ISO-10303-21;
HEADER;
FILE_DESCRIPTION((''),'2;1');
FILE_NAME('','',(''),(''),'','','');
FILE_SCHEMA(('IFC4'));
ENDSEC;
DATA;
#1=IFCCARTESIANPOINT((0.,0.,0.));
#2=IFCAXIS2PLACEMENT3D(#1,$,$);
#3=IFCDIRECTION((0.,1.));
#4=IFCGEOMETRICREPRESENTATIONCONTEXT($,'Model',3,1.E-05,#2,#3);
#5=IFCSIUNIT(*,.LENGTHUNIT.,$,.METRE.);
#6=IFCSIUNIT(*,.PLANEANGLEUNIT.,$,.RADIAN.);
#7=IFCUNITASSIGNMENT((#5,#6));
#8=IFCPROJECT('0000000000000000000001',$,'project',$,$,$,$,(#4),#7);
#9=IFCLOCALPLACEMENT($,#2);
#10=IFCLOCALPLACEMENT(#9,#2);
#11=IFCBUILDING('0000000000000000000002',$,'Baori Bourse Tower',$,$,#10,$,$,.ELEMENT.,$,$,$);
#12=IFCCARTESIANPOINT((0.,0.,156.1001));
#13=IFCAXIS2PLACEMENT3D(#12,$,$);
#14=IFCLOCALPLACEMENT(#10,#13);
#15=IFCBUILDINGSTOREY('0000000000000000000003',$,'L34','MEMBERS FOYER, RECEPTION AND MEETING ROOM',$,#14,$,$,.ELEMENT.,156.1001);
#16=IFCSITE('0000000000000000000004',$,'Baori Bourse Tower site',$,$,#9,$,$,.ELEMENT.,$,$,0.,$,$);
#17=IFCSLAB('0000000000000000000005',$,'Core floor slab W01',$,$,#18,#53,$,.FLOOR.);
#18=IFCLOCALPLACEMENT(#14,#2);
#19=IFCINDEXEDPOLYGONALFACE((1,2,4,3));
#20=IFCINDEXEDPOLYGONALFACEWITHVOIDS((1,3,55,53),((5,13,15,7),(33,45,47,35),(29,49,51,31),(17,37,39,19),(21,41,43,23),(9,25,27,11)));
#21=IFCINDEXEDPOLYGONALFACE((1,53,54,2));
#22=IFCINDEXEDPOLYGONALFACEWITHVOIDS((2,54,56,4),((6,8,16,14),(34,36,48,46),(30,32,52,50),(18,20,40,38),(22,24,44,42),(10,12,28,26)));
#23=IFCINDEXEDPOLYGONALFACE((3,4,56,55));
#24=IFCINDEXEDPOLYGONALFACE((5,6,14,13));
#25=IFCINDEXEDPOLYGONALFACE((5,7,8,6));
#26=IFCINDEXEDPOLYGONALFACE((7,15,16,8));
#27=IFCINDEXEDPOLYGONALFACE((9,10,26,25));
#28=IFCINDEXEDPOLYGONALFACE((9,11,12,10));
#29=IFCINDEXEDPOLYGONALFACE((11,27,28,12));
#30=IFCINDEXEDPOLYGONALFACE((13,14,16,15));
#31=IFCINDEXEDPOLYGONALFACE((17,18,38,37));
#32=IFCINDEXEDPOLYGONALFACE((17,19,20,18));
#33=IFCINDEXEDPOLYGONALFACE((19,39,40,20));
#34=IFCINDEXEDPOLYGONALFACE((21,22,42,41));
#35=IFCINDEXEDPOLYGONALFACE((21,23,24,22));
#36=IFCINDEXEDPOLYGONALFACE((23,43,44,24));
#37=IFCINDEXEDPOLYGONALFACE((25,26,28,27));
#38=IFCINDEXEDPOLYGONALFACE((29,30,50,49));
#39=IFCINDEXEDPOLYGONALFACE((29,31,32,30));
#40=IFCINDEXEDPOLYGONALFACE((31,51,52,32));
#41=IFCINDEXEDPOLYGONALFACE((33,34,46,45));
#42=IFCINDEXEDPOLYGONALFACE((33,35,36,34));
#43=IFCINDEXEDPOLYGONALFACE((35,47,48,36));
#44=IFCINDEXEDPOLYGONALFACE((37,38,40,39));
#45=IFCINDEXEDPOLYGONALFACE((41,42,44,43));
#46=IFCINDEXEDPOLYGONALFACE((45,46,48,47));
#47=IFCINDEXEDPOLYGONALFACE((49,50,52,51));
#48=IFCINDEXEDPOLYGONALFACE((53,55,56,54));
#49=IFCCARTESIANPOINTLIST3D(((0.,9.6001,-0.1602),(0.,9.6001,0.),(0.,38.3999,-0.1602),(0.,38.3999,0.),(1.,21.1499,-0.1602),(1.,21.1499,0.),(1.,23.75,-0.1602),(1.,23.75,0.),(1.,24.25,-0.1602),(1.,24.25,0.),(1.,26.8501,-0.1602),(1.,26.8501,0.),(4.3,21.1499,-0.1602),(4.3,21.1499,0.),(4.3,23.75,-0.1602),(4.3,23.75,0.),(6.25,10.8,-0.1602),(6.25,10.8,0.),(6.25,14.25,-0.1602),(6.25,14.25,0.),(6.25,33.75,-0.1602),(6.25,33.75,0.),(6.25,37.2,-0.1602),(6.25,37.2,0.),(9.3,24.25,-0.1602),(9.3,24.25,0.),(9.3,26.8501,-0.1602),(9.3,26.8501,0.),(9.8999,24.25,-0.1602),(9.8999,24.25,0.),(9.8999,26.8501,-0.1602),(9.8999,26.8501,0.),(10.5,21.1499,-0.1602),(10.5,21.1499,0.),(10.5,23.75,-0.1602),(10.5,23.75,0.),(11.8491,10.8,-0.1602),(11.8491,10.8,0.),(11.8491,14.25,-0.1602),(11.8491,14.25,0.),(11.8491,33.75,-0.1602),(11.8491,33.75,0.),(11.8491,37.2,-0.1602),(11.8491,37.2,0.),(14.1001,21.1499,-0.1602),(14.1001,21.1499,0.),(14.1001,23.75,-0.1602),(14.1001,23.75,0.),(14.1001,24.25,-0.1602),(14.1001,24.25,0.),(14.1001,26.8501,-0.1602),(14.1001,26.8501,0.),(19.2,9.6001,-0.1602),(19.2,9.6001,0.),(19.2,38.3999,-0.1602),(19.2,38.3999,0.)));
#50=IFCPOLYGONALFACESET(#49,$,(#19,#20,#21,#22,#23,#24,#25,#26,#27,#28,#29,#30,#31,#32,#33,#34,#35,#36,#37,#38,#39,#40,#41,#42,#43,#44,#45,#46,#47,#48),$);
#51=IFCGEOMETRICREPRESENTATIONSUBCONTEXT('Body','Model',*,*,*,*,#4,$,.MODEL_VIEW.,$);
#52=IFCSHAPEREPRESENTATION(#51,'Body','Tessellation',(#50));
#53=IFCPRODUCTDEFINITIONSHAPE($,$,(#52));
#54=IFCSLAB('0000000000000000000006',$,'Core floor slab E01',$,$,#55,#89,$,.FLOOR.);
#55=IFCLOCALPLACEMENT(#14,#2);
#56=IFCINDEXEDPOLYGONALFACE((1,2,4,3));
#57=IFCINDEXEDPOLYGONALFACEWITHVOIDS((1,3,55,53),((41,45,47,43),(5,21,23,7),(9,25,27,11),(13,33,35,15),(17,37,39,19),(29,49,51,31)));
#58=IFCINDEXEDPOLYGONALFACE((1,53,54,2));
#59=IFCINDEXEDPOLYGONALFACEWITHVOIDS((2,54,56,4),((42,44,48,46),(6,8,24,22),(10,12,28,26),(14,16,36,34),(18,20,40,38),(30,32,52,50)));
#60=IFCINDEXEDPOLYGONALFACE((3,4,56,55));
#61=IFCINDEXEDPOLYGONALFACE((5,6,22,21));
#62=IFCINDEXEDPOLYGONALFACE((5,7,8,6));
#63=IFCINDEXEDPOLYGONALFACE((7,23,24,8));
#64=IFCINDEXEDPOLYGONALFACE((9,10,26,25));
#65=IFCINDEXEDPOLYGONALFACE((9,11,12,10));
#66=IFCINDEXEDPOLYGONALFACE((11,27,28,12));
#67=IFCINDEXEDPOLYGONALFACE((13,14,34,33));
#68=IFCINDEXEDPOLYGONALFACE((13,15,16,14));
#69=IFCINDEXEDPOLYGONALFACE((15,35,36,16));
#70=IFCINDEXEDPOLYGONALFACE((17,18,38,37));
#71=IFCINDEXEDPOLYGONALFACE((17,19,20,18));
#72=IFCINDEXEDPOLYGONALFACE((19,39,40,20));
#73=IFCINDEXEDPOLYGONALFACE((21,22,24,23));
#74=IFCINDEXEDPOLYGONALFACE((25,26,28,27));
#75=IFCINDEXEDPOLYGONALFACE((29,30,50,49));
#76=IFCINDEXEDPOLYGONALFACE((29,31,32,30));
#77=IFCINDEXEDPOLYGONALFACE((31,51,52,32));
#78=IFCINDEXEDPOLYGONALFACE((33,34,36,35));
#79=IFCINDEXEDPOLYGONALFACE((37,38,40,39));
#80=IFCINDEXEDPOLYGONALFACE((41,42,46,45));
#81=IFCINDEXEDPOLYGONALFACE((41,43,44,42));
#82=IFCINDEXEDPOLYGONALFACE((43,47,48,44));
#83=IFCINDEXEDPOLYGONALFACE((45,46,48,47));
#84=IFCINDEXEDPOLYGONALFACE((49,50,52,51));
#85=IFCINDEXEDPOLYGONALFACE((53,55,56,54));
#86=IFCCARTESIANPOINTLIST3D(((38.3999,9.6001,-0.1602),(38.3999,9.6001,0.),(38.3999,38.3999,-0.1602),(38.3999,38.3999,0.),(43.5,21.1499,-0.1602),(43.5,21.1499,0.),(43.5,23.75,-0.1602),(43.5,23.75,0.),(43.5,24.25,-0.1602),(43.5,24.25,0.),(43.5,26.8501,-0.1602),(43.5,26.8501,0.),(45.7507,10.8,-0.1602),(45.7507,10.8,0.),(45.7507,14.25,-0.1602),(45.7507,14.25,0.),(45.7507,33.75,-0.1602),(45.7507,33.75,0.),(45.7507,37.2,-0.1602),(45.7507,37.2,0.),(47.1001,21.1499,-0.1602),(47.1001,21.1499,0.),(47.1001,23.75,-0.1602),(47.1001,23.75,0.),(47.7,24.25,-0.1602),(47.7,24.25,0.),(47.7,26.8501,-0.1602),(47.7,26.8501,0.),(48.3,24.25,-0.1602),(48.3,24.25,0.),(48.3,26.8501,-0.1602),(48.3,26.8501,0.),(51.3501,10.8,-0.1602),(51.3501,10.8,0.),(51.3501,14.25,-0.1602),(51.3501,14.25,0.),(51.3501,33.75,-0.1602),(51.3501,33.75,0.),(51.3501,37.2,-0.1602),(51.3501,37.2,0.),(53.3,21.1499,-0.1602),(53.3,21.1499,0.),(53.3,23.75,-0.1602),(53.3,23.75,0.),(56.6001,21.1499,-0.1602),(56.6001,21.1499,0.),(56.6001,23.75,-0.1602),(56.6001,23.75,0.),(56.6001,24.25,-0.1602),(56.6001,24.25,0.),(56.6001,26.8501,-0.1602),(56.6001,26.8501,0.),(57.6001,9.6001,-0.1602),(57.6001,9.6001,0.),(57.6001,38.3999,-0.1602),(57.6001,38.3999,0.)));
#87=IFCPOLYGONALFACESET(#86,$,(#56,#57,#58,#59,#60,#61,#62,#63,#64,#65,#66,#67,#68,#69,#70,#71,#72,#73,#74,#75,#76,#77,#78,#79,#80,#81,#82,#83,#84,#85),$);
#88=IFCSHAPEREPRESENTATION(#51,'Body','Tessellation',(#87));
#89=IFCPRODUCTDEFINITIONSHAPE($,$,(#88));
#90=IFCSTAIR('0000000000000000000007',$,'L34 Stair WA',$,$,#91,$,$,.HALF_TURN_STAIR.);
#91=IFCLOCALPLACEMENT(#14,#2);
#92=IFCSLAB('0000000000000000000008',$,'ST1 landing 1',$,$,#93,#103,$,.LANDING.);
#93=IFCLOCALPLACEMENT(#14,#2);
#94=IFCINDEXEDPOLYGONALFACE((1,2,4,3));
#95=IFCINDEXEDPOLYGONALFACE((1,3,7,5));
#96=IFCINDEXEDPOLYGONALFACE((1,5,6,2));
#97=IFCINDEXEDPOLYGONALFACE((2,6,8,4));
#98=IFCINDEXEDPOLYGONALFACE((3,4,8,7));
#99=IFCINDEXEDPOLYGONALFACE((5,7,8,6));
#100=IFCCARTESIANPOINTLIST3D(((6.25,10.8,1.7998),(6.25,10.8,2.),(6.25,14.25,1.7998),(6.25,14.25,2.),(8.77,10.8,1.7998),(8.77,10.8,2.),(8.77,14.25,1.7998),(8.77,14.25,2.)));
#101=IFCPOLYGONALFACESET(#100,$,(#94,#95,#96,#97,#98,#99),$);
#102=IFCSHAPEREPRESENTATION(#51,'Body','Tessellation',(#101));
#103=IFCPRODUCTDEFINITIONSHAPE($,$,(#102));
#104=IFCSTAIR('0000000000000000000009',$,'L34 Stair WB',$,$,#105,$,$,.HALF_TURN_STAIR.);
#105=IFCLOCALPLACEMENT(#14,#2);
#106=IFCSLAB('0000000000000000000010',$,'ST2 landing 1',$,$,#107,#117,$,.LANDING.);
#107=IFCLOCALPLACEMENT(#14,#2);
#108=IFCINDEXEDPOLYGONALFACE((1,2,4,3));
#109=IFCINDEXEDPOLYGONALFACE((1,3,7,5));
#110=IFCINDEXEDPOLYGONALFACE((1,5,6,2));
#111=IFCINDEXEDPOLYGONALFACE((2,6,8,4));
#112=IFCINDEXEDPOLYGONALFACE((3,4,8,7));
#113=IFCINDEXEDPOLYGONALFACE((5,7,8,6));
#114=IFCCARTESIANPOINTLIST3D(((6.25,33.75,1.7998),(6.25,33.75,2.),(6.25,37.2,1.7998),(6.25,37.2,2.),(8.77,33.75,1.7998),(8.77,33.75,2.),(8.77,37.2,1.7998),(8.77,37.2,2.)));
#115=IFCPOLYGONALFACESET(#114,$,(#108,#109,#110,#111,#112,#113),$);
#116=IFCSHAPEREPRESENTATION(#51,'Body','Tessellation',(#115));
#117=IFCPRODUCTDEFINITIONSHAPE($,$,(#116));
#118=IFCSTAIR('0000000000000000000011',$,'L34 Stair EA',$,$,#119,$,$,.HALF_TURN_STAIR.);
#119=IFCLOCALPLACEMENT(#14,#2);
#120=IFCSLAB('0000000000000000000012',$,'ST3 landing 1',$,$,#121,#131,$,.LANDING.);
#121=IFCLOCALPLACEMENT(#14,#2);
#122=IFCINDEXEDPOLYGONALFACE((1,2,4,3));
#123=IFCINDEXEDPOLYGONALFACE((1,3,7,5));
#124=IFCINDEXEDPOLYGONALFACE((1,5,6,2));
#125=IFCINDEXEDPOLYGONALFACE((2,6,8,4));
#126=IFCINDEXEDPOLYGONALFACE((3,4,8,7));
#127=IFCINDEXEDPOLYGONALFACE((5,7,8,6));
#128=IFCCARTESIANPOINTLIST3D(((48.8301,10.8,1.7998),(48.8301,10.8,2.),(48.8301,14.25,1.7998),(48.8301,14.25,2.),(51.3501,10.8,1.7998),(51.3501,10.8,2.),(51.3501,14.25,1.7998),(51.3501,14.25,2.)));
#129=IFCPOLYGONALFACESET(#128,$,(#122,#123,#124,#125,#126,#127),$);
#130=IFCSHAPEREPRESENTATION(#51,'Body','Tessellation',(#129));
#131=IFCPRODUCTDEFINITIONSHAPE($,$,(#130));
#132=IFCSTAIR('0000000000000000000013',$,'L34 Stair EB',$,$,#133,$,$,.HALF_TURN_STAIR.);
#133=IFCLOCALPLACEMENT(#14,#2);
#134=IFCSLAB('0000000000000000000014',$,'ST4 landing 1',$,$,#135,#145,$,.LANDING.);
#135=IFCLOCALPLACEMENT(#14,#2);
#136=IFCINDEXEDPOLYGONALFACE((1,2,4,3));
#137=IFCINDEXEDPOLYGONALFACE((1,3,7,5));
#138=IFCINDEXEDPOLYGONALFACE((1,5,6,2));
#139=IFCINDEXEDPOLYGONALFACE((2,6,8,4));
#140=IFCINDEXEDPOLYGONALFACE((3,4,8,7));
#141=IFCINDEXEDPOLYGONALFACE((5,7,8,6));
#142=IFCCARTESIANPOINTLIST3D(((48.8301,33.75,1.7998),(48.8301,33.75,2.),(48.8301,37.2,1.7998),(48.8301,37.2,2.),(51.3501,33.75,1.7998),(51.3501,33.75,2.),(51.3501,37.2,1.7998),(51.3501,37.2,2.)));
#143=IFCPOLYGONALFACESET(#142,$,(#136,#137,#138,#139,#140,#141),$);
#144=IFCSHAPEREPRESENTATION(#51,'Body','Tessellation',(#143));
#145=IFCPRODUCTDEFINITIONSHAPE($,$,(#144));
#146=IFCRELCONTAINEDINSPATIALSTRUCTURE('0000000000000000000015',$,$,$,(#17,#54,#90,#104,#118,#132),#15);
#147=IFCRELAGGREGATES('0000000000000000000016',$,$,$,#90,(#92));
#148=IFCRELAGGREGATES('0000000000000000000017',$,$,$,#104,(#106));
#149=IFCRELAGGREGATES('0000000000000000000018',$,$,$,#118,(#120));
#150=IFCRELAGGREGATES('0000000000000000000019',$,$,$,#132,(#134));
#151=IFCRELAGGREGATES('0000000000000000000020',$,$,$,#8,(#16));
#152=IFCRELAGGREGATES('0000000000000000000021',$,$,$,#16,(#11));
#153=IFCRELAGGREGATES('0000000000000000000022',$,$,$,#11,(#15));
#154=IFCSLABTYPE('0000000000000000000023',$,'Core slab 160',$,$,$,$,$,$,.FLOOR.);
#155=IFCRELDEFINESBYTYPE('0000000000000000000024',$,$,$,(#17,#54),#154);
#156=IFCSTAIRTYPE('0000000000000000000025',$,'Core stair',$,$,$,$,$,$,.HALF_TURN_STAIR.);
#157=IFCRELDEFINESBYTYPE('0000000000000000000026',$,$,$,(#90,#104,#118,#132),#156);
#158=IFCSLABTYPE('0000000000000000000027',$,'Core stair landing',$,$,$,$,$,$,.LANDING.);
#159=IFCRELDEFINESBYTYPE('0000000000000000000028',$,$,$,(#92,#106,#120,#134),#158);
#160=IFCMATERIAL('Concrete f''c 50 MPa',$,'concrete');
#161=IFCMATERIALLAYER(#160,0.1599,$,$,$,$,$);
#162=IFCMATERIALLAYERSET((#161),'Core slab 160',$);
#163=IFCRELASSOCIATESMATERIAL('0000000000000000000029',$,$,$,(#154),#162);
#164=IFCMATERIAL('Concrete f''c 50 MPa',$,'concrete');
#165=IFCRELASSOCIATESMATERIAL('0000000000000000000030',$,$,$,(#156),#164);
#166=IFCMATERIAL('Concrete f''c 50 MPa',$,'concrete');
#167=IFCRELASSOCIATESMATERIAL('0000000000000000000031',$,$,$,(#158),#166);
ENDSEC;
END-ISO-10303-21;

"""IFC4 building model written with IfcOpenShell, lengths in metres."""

from ifc_helpers import new_model, si_unit, direction, frame, origin, place, context, subcontext, project, spatial, polyline, outline, extrude, material, layer, layer_set, type_object, element, aggregate, save


model = new_model("IFC4")

# Units and contexts
model_context = context("Model", 3, precision=1e-05, world=origin(), true_north=direction((0.0, 1.0)))
body_context = subcontext(model_context, "Body", "Model", "MODEL_VIEW")
ifc_project = project(units=[si_unit("LENGTHUNIT", "METRE"), si_unit("PLANEANGLEUNIT", "RADIAN")], contexts=[model_context])

# Site, building, storey
site_placement = place(None, origin())
site = spatial("IfcSite", under=ifc_project, at=site_placement, Name="Baori Bourse Tower site", CompositionType="ELEMENT", RefElevation=0.0)
building_placement = place(site_placement, origin())
building = spatial("IfcBuilding", under=site, at=building_placement, Name="Baori Bourse Tower", CompositionType="ELEMENT")
storey_placement = place(building_placement, frame((0.0, 0.0, 156.1001)))
storey = spatial("IfcBuildingStorey", under=building, at=storey_placement, Name="L34", Description="MEMBERS FOYER, RECEPTION AND MEETING ROOM", CompositionType="ELEMENT", Elevation=156.1001)

# Slabs
ifc_material_1 = material(Name="Concrete f'c 50 MPa", Category="concrete")
ifc_layer_1 = layer(ifc_material_1, 0.1599)
ifc_layer_set_1 = layer_set([ifc_layer_1], Name="Core slab 160")
slab_type_1 = type_object("IfcSlabType", Name="Core slab 160", PredefinedType="FLOOR", material=ifc_layer_set_1)
slab_1_placement = place(storey_placement, frame((0.0, 0.0, -0.1602)))
element("IfcSlab", 1, at=slab_1_placement, inside=storey, type_object=slab_type_1, Name="Core floor slab W01", PredefinedType="FLOOR", context=body_context, shape_type="SweptSolid", body=[
    extrude(outline(polyline([(0.0, 38.3999), (0.0, 9.6001), (19.2, 9.6001), (19.2, 38.3999), (0.0, 38.3999)]), holes=[polyline([(10.5, 21.1499), (10.5, 23.75), (14.1001, 23.75), (14.1001, 21.1499), (10.5, 21.1499)]), polyline([(14.1001, 24.25), (9.8999, 24.25), (9.8999, 26.8501), (14.1001, 26.8501), (14.1001, 24.25)]), polyline([(6.25, 14.25), (11.8491, 14.25), (11.8491, 10.8), (6.25, 10.8), (6.25, 14.25)]), polyline([(11.8491, 37.2), (11.8491, 33.75), (6.25, 33.75), (6.25, 37.2), (11.8491, 37.2)]), polyline([(1.0, 26.8501), (9.3, 26.8501), (9.3, 24.25), (1.0, 24.25), (1.0, 26.8501)]), polyline([(4.3, 23.75), (4.3, 21.1499), (1.0, 21.1499), (1.0, 23.75), (4.3, 23.75)])]), origin(), (0.0, 0.0, 1.0), 0.1602),
])
slab_2_placement = place(storey_placement, frame((0.0, 0.0, -0.1602)))
element("IfcSlab", 2, at=slab_2_placement, inside=storey, type_object=slab_type_1, Name="Core floor slab E01", PredefinedType="FLOOR", context=body_context, shape_type="SweptSolid", body=[
    extrude(outline(polyline([(57.6001, 38.3999), (38.3999, 38.3999), (38.3999, 9.6001), (57.6001, 9.6001), (57.6001, 38.3999)]), holes=[polyline([(56.6001, 21.1499), (53.3, 21.1499), (53.3, 23.75), (56.6001, 23.75), (56.6001, 21.1499)]), polyline([(56.6001, 26.8501), (56.6001, 24.25), (48.3, 24.25), (48.3, 26.8501), (56.6001, 26.8501)]), polyline([(45.7507, 14.25), (51.3501, 14.25), (51.3501, 10.8), (45.7507, 10.8), (45.7507, 14.25)]), polyline([(51.3501, 37.2), (51.3501, 33.75), (45.7507, 33.75), (45.7507, 37.2), (51.3501, 37.2)]), polyline([(43.5, 24.25), (43.5, 26.8501), (47.7, 26.8501), (47.7, 24.25), (43.5, 24.25)]), polyline([(43.5, 23.75), (47.1001, 23.75), (47.1001, 21.1499), (43.5, 21.1499), (43.5, 23.75)])]), origin(), (0.0, 0.0, 1.0), 0.1602),
])

# Stairs, slabs
ifc_material_2 = material(Name="Concrete f'c 50 MPa", Category="concrete")
stair_type = type_object("IfcStairType", Name="Core stair", PredefinedType="HALF_TURN_STAIR", material=ifc_material_2)
stair_1_placement = place(storey_placement, origin())
stair_1 = element("IfcStair", 3, at=stair_1_placement, inside=storey, type_object=stair_type, Name="L34 Stair WA", PredefinedType="HALF_TURN_STAIR")
ifc_material_3 = material(Name="Concrete f'c 50 MPa", Category="concrete")
slab_type_2 = type_object("IfcSlabType", Name="Core stair landing", PredefinedType="LANDING", material=ifc_material_3)
slab_3_placement = place(storey_placement, frame((0.0, 0.0, 1.7998)))
slab_3 = element("IfcSlab", 4, at=slab_3_placement, type_object=slab_type_2, Name="ST1 landing 1", PredefinedType="LANDING", context=body_context, shape_type="SweptSolid", body=[
    extrude(outline(polyline([(8.77, 14.25), (6.25, 14.25), (6.25, 10.8), (8.77, 10.8), (8.77, 14.25)])), origin(), (0.0, 0.0, 1.0), 0.2002),
])
aggregate(stair_1, [slab_3])
stair_2_placement = place(storey_placement, origin())
stair_2 = element("IfcStair", 5, at=stair_2_placement, inside=storey, type_object=stair_type, Name="L34 Stair WB", PredefinedType="HALF_TURN_STAIR")
slab_4_placement = place(storey_placement, frame((0.0, 0.0, 1.7998)))
slab_4 = element("IfcSlab", 6, at=slab_4_placement, type_object=slab_type_2, Name="ST2 landing 1", PredefinedType="LANDING", context=body_context, shape_type="SweptSolid", body=[
    extrude(outline(polyline([(8.77, 37.2), (6.25, 37.2), (6.25, 33.75), (8.77, 33.75), (8.77, 37.2)])), origin(), (0.0, 0.0, 1.0), 0.2002),
])
aggregate(stair_2, [slab_4])
stair_3_placement = place(storey_placement, origin())
stair_3 = element("IfcStair", 7, at=stair_3_placement, inside=storey, type_object=stair_type, Name="L34 Stair EA", PredefinedType="HALF_TURN_STAIR")
slab_5_placement = place(storey_placement, frame((0.0, 0.0, 1.7998)))
slab_5 = element("IfcSlab", 8, at=slab_5_placement, type_object=slab_type_2, Name="ST3 landing 1", PredefinedType="LANDING", context=body_context, shape_type="SweptSolid", body=[
    extrude(outline(polyline([(48.8301, 10.8), (51.3501, 10.8), (51.3501, 14.25), (48.8301, 14.25), (48.8301, 10.8)])), origin(), (0.0, 0.0, 1.0), 0.2002),
])
aggregate(stair_3, [slab_5])
stair_4_placement = place(storey_placement, origin())
stair_4 = element("IfcStair", 9, at=stair_4_placement, inside=storey, type_object=stair_type, Name="L34 Stair EB", PredefinedType="HALF_TURN_STAIR")
slab_6_placement = place(storey_placement, frame((0.0, 0.0, 1.7998)))
slab_6 = element("IfcSlab", 10, at=slab_6_placement, type_object=slab_type_2, Name="ST4 landing 1", PredefinedType="LANDING", context=body_context, shape_type="SweptSolid", body=[
    extrude(outline(polyline([(48.8301, 33.75), (51.3501, 33.75), (51.3501, 37.2), (48.8301, 37.2), (48.8301, 33.75)])), origin(), (0.0, 0.0, 1.0), 0.2002),
])
aggregate(stair_4, [slab_6])

save(model, "model.ifc")
